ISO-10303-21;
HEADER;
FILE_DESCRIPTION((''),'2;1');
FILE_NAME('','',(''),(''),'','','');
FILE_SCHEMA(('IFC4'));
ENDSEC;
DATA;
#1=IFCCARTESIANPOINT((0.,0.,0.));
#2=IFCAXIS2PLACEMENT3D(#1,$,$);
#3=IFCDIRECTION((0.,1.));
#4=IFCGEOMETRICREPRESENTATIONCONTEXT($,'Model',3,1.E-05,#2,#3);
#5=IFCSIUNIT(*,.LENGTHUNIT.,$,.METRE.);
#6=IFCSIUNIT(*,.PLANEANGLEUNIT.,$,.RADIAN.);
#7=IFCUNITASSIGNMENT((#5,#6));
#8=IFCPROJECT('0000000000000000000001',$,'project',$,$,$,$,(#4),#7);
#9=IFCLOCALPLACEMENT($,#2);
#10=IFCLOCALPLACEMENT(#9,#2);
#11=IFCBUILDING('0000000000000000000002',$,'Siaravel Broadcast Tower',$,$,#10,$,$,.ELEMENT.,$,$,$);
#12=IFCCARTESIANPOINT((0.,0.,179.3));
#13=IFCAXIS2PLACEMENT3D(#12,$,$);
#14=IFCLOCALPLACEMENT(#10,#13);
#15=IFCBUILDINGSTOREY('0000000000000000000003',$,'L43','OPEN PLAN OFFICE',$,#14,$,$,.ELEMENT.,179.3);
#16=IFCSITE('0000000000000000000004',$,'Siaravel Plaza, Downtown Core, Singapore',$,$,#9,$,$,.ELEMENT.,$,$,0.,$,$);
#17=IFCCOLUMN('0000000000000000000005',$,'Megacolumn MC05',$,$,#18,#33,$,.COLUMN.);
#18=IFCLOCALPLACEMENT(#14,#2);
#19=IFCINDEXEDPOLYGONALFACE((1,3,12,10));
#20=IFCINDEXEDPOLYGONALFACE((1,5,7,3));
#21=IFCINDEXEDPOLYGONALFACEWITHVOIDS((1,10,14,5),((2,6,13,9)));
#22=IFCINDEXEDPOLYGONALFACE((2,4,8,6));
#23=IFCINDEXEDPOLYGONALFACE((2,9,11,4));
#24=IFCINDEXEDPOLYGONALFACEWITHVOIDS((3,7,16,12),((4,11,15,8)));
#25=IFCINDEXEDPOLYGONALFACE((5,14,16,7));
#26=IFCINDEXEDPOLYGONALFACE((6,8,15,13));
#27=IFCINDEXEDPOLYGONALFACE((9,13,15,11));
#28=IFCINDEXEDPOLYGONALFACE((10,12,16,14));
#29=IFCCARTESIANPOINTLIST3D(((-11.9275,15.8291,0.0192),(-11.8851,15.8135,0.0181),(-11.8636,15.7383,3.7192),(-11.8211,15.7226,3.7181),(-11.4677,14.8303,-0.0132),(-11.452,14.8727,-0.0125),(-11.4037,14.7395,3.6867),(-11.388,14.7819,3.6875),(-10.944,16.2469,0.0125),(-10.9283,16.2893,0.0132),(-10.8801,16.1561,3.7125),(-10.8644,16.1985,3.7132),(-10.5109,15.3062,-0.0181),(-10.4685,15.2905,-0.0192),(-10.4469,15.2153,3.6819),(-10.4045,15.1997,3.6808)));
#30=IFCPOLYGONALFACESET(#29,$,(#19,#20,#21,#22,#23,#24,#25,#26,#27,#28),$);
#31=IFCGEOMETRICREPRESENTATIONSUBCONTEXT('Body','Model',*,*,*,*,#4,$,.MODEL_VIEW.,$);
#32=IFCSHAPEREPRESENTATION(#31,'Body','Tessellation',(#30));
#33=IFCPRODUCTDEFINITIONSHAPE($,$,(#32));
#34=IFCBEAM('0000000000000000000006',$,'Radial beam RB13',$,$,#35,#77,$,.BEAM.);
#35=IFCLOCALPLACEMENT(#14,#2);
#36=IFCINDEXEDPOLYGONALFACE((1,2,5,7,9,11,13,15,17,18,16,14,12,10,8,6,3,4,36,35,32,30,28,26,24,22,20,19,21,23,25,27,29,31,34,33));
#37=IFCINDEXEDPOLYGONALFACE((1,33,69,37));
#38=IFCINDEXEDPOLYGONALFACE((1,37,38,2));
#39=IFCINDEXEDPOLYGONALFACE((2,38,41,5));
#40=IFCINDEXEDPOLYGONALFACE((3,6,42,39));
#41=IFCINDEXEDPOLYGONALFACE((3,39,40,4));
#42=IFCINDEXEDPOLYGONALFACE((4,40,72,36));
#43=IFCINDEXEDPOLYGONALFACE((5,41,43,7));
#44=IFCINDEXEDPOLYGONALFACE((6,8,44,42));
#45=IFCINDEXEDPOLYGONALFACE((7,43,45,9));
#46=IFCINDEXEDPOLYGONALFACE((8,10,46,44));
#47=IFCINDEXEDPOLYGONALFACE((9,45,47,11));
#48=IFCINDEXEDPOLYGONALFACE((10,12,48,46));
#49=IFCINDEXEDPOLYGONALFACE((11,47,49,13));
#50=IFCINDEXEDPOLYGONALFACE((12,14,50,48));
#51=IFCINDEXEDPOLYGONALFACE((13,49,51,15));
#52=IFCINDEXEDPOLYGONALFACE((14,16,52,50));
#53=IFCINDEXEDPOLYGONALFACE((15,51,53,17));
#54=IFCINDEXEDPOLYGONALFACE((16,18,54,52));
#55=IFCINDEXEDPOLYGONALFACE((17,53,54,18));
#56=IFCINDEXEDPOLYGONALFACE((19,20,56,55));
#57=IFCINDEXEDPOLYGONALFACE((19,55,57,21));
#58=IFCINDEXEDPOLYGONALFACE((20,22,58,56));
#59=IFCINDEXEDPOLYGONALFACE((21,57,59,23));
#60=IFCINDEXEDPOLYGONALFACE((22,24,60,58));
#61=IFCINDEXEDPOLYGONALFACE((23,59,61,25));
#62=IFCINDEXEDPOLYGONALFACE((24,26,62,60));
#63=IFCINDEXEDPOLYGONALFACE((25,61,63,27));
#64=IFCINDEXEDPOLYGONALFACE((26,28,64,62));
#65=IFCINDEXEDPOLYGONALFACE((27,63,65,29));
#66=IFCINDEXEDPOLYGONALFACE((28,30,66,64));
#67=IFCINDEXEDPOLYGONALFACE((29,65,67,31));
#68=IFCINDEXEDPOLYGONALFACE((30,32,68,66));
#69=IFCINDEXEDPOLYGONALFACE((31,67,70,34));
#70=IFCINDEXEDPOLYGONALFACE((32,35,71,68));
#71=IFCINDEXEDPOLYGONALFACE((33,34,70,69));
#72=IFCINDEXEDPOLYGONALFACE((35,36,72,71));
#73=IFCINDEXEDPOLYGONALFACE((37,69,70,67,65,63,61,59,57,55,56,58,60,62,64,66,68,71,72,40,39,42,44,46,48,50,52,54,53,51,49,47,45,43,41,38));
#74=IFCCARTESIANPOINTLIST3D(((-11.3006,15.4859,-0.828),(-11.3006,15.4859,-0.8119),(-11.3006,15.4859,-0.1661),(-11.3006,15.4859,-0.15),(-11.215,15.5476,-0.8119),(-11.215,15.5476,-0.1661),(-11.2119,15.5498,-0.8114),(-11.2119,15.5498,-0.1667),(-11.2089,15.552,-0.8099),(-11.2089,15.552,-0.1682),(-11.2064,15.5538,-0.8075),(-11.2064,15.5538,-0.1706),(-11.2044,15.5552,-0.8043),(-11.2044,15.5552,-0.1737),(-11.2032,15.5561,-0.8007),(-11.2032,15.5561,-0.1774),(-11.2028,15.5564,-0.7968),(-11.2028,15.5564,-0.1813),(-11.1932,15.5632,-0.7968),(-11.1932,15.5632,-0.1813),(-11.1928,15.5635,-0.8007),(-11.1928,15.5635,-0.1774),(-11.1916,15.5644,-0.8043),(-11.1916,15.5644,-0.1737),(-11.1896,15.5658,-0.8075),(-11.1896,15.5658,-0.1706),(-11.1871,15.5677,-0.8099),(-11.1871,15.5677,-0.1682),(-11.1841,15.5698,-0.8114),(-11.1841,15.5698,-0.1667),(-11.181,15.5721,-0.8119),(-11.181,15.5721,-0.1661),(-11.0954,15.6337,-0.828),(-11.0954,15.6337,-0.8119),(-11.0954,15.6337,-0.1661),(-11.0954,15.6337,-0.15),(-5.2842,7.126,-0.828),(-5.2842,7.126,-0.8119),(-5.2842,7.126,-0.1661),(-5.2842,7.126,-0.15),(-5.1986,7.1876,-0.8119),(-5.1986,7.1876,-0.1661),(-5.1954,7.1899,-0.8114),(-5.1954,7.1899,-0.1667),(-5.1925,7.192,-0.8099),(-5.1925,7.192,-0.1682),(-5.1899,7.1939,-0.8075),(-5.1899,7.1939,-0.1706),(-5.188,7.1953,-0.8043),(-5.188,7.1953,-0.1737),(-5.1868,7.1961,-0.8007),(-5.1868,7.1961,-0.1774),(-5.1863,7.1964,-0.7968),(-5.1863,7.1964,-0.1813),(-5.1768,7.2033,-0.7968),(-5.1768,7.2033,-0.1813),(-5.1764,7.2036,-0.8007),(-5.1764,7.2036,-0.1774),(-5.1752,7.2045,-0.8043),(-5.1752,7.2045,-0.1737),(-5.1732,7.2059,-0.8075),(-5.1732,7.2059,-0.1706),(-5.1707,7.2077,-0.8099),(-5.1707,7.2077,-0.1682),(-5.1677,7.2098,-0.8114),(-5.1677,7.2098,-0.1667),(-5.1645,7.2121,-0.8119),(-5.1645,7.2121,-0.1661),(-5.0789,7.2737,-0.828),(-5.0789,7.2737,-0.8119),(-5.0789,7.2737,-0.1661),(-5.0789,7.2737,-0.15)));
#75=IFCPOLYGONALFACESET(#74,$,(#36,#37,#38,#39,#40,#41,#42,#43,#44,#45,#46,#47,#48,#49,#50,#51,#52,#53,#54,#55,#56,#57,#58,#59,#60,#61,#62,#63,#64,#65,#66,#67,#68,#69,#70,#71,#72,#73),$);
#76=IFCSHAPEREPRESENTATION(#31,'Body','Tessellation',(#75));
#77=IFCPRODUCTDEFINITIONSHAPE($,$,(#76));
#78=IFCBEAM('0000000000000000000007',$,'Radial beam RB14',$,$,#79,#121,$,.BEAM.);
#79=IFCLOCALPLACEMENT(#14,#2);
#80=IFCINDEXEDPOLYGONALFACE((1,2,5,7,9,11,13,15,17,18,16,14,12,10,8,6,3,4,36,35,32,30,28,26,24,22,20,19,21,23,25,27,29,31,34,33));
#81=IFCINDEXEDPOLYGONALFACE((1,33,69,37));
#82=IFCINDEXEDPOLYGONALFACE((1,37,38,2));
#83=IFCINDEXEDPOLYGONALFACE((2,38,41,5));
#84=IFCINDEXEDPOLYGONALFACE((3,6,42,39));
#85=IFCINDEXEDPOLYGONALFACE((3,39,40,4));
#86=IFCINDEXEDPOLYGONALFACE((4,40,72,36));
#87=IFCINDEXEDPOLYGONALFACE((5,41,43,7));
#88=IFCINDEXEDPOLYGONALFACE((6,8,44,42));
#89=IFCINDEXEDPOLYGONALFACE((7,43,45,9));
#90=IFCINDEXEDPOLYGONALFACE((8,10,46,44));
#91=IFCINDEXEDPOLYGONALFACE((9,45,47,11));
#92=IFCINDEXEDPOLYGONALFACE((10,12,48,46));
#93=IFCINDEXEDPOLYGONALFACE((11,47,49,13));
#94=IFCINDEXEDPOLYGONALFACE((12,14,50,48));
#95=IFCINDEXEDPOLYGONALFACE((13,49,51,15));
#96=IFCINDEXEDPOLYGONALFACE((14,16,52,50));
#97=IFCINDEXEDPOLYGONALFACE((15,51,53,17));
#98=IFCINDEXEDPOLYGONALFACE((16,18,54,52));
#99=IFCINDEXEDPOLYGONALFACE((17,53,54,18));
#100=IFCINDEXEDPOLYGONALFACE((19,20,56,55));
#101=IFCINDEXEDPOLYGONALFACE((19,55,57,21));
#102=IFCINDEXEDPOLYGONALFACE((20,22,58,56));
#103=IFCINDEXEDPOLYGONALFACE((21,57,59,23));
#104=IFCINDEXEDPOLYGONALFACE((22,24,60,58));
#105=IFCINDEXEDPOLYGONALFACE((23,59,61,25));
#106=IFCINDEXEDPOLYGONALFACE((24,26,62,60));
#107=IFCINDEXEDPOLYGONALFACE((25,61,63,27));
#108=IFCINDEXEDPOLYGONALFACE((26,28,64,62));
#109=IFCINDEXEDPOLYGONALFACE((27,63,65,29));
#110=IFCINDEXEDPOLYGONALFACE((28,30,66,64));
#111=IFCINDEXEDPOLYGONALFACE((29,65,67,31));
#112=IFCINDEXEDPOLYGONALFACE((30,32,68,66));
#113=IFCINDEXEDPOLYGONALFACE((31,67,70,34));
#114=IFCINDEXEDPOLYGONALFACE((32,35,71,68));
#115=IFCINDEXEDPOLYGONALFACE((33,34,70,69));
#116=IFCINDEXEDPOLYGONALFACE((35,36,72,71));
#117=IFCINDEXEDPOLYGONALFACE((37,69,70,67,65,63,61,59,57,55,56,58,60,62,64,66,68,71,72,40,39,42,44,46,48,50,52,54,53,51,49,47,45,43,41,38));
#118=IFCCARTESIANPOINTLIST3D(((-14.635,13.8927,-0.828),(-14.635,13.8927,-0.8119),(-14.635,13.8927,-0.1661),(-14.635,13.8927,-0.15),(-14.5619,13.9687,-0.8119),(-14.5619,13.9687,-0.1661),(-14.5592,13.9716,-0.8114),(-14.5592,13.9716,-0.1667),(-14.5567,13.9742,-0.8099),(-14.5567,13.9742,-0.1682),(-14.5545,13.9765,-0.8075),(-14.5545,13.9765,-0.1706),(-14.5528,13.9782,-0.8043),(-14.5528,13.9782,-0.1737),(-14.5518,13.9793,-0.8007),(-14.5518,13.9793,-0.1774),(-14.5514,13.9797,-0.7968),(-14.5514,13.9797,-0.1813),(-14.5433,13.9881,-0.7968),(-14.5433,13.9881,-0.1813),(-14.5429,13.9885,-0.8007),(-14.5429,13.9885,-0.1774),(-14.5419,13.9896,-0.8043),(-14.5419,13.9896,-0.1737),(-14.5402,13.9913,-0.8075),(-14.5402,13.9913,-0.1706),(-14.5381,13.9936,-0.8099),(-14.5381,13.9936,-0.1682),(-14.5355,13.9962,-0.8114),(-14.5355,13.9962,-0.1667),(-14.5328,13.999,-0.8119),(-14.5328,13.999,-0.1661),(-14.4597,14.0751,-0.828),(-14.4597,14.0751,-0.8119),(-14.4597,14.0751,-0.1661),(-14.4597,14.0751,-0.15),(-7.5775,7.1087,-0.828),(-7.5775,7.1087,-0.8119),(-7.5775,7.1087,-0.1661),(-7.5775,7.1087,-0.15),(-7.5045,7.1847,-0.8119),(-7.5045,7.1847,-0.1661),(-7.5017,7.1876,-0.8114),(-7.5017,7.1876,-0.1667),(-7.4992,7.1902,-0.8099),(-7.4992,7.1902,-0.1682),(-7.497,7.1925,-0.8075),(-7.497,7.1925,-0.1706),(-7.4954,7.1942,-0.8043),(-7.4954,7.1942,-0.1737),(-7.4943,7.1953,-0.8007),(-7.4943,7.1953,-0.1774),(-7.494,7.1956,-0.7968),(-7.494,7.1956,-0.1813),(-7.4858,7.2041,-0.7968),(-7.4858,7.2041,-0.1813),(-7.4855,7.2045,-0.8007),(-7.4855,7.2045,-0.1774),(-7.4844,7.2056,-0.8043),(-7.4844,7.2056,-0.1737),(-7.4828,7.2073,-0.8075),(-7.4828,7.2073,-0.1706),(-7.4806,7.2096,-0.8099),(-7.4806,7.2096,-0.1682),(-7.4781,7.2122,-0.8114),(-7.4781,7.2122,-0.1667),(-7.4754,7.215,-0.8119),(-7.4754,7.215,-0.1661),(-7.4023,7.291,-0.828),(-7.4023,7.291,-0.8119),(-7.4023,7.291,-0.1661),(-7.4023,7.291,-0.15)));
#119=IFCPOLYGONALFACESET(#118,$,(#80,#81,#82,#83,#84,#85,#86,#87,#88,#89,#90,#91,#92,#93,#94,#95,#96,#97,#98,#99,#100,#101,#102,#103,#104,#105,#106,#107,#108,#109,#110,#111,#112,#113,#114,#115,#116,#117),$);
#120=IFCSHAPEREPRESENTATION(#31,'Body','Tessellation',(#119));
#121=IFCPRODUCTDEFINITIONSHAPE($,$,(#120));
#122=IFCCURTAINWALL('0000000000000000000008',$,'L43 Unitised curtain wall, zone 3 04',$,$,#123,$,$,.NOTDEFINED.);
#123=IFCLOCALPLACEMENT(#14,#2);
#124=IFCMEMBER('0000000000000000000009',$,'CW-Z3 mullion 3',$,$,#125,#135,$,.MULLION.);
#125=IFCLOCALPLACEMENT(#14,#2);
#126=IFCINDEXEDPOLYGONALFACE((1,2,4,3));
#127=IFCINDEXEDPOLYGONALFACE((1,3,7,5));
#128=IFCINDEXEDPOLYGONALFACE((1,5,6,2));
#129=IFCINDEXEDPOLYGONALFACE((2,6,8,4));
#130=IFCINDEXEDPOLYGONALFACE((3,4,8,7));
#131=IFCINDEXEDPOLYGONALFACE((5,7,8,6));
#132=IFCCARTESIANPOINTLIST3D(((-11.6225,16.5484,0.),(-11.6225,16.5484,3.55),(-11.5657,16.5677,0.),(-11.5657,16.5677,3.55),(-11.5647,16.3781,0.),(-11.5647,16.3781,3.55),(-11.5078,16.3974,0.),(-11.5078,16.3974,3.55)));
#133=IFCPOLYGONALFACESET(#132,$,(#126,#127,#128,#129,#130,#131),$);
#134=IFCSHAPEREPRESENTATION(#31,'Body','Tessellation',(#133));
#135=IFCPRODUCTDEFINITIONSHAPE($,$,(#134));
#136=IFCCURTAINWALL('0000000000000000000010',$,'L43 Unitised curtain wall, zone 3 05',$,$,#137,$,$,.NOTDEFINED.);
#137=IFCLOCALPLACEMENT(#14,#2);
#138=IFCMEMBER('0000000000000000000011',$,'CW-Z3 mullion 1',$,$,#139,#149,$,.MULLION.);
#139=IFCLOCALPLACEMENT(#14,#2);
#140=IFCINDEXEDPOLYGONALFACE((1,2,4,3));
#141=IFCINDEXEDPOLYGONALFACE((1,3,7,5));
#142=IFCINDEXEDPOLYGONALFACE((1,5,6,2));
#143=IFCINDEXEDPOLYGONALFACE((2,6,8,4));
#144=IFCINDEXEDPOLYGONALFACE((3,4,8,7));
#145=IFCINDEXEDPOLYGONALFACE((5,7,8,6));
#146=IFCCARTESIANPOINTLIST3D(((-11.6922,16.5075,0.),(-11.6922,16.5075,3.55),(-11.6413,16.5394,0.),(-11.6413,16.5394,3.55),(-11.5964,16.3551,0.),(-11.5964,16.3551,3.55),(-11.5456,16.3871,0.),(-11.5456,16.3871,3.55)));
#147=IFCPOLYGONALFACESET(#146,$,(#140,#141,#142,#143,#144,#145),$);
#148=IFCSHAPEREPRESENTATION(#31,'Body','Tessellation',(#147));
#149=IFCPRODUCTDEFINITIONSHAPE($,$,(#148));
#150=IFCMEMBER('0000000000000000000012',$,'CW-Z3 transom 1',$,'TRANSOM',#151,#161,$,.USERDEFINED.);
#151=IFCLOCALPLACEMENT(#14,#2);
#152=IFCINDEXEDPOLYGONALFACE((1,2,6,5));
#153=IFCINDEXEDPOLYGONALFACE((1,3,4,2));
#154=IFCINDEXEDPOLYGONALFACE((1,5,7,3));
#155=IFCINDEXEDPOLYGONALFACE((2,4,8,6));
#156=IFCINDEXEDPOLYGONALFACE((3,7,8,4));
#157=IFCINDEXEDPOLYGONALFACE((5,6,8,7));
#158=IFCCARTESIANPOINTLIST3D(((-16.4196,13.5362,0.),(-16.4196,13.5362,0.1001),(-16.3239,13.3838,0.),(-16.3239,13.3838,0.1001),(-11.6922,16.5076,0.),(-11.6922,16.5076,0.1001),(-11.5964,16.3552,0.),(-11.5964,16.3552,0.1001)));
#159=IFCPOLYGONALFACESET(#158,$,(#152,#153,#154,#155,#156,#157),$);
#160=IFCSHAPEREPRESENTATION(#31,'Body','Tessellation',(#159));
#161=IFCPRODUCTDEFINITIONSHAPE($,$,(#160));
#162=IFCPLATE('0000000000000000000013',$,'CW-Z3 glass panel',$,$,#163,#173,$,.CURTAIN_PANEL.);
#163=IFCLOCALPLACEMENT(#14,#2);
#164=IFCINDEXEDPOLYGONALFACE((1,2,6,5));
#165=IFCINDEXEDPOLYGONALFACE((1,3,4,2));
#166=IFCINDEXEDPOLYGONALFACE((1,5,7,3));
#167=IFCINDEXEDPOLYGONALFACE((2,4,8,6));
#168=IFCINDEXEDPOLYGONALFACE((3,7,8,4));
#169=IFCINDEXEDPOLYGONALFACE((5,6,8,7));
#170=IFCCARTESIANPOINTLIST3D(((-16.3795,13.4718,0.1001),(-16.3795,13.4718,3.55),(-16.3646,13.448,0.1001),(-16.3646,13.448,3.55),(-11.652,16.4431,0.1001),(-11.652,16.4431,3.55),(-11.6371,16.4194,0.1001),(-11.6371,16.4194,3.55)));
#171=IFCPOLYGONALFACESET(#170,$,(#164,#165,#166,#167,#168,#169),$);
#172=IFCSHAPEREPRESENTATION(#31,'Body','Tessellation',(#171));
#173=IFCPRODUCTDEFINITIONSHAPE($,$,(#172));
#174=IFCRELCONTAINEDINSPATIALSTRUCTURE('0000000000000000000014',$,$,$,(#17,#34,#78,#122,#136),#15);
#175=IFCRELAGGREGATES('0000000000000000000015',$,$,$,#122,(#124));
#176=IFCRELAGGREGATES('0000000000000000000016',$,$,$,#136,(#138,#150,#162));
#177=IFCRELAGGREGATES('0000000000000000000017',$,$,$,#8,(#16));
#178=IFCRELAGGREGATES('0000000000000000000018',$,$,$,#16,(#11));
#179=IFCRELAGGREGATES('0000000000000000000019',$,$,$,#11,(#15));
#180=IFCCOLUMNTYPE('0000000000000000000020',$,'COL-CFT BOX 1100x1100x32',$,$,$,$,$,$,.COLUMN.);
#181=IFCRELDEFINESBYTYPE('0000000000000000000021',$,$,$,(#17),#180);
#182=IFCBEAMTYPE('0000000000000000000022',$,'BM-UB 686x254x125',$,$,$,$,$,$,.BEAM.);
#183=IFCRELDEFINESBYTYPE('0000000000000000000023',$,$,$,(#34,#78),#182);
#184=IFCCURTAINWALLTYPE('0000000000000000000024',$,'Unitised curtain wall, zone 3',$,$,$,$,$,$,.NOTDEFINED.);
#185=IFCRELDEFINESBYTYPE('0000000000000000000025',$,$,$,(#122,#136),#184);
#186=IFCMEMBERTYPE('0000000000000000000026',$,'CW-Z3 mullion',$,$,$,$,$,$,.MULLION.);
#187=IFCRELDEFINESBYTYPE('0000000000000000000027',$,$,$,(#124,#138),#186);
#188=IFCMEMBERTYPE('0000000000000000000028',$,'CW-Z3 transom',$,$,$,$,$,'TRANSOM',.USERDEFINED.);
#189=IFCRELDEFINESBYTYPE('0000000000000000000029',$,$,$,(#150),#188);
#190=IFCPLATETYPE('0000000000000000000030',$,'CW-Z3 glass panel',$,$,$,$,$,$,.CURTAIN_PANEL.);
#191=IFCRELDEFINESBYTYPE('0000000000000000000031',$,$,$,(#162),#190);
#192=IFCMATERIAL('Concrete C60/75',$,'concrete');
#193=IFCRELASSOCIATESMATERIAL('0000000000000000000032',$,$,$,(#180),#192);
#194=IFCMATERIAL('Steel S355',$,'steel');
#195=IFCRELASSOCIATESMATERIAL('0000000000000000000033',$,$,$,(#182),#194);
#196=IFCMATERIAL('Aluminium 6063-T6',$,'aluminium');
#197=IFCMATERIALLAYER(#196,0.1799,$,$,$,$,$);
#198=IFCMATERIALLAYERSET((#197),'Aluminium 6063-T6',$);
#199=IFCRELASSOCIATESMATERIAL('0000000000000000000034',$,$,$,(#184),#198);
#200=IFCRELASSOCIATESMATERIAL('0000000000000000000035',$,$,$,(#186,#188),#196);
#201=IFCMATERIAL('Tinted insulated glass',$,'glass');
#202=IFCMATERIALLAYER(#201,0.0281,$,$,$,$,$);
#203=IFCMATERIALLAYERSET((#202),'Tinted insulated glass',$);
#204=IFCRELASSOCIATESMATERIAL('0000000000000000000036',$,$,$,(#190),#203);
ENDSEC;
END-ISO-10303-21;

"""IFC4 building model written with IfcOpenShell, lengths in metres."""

from ifc_helpers import new_model, si_unit, direction, frame, origin, origin_2d, place, context, subcontext, project, spatial, rectangle, hollow_rectangle, i_section, extrude, material, layer, layer_set, material_profile, profile_set, type_object, element, aggregate, save


model = new_model("IFC4")

# Units and contexts
model_context = context("Model", 3, precision=1e-05, world=origin(), true_north=direction((0.0, 1.0)))
body_context = subcontext(model_context, "Body", "Model", "MODEL_VIEW")
ifc_project = project(units=[si_unit("LENGTHUNIT", "METRE"), si_unit("PLANEANGLEUNIT", "RADIAN")], contexts=[model_context])

# Site, building, storey
site_placement = place(None, origin())
site = spatial("IfcSite", under=ifc_project, at=site_placement, Name="Siaravel Plaza, Downtown Core, Singapore", CompositionType="ELEMENT", RefElevation=0.0)
building_placement = place(site_placement, origin())
building = spatial("IfcBuilding", under=site, at=building_placement, Name="Siaravel Broadcast Tower", CompositionType="ELEMENT")
storey_placement = place(building_placement, frame((0.0, 0.0, 179.3)))
storey = spatial("IfcBuildingStorey", under=building, at=storey_placement, Name="L43", Description="OPEN PLAN OFFICE", CompositionType="ELEMENT", Elevation=179.3)

# Column
ifc_material_1 = material(Name="Concrete C60/75", Category="concrete")
ifc_material_profile_1 = material_profile(ifc_material_1, hollow_rectangle(XDim=1.1001, YDim=1.1001, WallThickness=0.032, at=origin_2d()))
ifc_profile_set_1 = profile_set([ifc_material_profile_1], Name="Concrete C60/75")
column_type = type_object("IfcColumnType", Name="COL-CFT BOX 1100x1100x32", PredefinedType="COLUMN", material=ifc_profile_set_1)
column_placement = place(storey_placement, frame((-11.198, 15.5598, 0.0), z_axis=(0.01728, -0.024535, 0.99955), x_axis=(0.908271, 0.418347, -0.005433)))
element("IfcColumn", 1, at=column_placement, inside=storey, type_object=column_type, Name="Megacolumn MC05", PredefinedType="COLUMN", context=body_context, shape_type="SweptSolid", body=[
    extrude(hollow_rectangle(XDim=1.1001, YDim=1.1001, WallThickness=0.032, at=origin_2d()), origin(), (0.0, 0.0, 1.0), 3.7017),
])

# Beams
ifc_material_2 = material(Name="Steel S355", Category="steel")
ifc_material_profile_2 = material_profile(ifc_material_2, i_section(OverallWidth=0.2529, OverallDepth=0.678, WebThickness=0.0117, FlangeThickness=0.0161, FilletRadius=0.0151, at=origin_2d()))
ifc_profile_set_2 = profile_set([ifc_material_profile_2], Name="Steel S355")
beam_type = type_object("IfcBeamType", Name="BM-UB 686x254x125", PredefinedType="BEAM", material=ifc_profile_set_2)
beam_1_placement = place(storey_placement, frame((-11.198, 15.5598, -0.489), z_axis=(0.584129, -0.811661, 0.0), x_axis=(0.811661, 0.584129, 0.0)))
element("IfcBeam", 2, at=beam_1_placement, inside=storey, type_object=beam_type, Name="Radial beam RB13", PredefinedType="BEAM", context=body_context, shape_type="SweptSolid", body=[
    extrude(i_section(OverallWidth=0.2529, OverallDepth=0.678, WebThickness=0.0117, FlangeThickness=0.0161, FilletRadius=0.0151, at=origin_2d()), origin(), (0.0, 0.0, 1.0), 10.2998),
])
beam_2_placement = place(storey_placement, frame((-14.5474, 13.9839, -0.489), z_axis=(0.720935, -0.693003, 0.0), x_axis=(0.693003, 0.720935, 0.0)))
element("IfcBeam", 3, at=beam_2_placement, inside=storey, type_object=beam_type, Name="Radial beam RB14", PredefinedType="BEAM", context=body_context, shape_type="SweptSolid", body=[
    extrude(i_section(OverallWidth=0.2529, OverallDepth=0.678, WebThickness=0.0117, FlangeThickness=0.0161, FilletRadius=0.0151, at=origin_2d()), origin(), (0.0, 0.0, 1.0), 9.7893),
])

# Curtain wall, member
ifc_material_3 = material(Name="Aluminium 6063-T6", Category="aluminium")
ifc_layer_1 = layer(ifc_material_3, 0.1799)
ifc_layer_set_1 = layer_set([ifc_layer_1], Name="Aluminium 6063-T6")
curtain_wall_type = type_object("IfcCurtainWallType", Name="Unitised curtain wall, zone 3", PredefinedType="NOTDEFINED", material=ifc_layer_set_1)
curtain_wall_1_placement = place(storey_placement, origin())
curtain_wall_1 = element("IfcCurtainWall", 4, at=curtain_wall_1_placement, inside=storey, type_object=curtain_wall_type, Name="L43 Unitised curtain wall, zone 3 04", PredefinedType="NOTDEFINED")
ifc_material_profile_3 = material_profile(ifc_material_3, rectangle(XDim=0.1799, YDim=0.0601, at=origin_2d()))
ifc_profile_set_3 = profile_set([ifc_material_profile_3], Name="Aluminium 6063-T6")
member_type_1 = type_object("IfcMemberType", Name="CW-Z3 mullion", PredefinedType="MULLION", material=ifc_profile_set_3)
member_1_placement = place(storey_placement, frame((-11.5652, 16.4729, 0.0), z_axis=(0.0, 0.0, 1.0), x_axis=(0.3213, -0.946977, 0.0)))
member_1 = element("IfcMember", 5, at=member_1_placement, type_object=member_type_1, Name="CW-Z3 mullion 3", PredefinedType="MULLION", context=body_context, shape_type="SweptSolid", body=[
    extrude(rectangle(XDim=0.1799, YDim=0.0601, at=origin_2d()), origin(), (0.0, 0.0, 1.0), 3.55),
])
aggregate(curtain_wall_1, [member_1])

# Curtain wall, members, plate
curtain_wall_2_placement = place(storey_placement, origin())
curtain_wall_2 = element("IfcCurtainWall", 6, at=curtain_wall_2_placement, inside=storey, type_object=curtain_wall_type, Name="L43 Unitised curtain wall, zone 3 05", PredefinedType="NOTDEFINED")
member_2_placement = place(storey_placement, frame((-11.6189, 16.4473, 0.0), z_axis=(0.0, 0.0, 1.0), x_axis=(0.532149, -0.846651, 0.0)))
member_2 = element("IfcMember", 7, at=member_2_placement, type_object=member_type_1, Name="CW-Z3 mullion 1", PredefinedType="MULLION", context=body_context, shape_type="SweptSolid", body=[
    extrude(rectangle(XDim=0.1799, YDim=0.0601, at=origin_2d()), origin(), (0.0, 0.0, 1.0), 3.55),
])
ifc_material_profile_4 = material_profile(ifc_material_3, rectangle(XDim=0.1799, YDim=0.1001, at=origin_2d()))
ifc_profile_set_4 = profile_set([ifc_material_profile_4], Name="Aluminium 6063-T6")
member_type_2 = type_object("IfcMemberType", Name="CW-Z3 transom", ElementType="TRANSOM", PredefinedType="USERDEFINED", material=ifc_profile_set_4)
member_3_placement = place(storey_placement, frame((-11.6443, 16.4314, 0.05), z_axis=(-0.846649, -0.532151, 0.0), x_axis=(0.532151, -0.846649, 0.0)))
member_3 = element("IfcMember", 8, at=member_3_placement, type_object=member_type_2, Name="CW-Z3 transom 1", ObjectType="TRANSOM", PredefinedType="USERDEFINED", context=body_context, shape_type="SweptSolid", body=[
    extrude(rectangle(XDim=0.1799, YDim=0.1001, at=origin_2d()), origin(), (0.0, 0.0, 1.0), 5.5837),
])
ifc_material_4 = material(Name="Tinted insulated glass", Category="glass")
ifc_layer_2 = layer(ifc_material_4, 0.0281)
ifc_layer_set_2 = layer_set([ifc_layer_2], Name="Tinted insulated glass")
plate_type = type_object("IfcPlateType", Name="CW-Z3 glass panel", PredefinedType="CURTAIN_PANEL", material=ifc_layer_set_2)
plate_placement = place(storey_placement, frame((-14.0083, 14.9456, 0.1001), z_axis=(0.0, 0.0, 1.0), x_axis=(-0.846651, -0.532149, 0.0)))
plate = element("IfcPlate", 9, at=plate_placement, type_object=plate_type, Name="CW-Z3 glass panel", PredefinedType="CURTAIN_PANEL", context=body_context, shape_type="SweptSolid", body=[
    extrude(rectangle(XDim=5.5837, YDim=0.0281, at=origin_2d()), origin(), (0.0, 0.0, 1.0), 3.45),
])
aggregate(curtain_wall_2, [member_2, member_3, plate])

save(model, "model.ifc")
